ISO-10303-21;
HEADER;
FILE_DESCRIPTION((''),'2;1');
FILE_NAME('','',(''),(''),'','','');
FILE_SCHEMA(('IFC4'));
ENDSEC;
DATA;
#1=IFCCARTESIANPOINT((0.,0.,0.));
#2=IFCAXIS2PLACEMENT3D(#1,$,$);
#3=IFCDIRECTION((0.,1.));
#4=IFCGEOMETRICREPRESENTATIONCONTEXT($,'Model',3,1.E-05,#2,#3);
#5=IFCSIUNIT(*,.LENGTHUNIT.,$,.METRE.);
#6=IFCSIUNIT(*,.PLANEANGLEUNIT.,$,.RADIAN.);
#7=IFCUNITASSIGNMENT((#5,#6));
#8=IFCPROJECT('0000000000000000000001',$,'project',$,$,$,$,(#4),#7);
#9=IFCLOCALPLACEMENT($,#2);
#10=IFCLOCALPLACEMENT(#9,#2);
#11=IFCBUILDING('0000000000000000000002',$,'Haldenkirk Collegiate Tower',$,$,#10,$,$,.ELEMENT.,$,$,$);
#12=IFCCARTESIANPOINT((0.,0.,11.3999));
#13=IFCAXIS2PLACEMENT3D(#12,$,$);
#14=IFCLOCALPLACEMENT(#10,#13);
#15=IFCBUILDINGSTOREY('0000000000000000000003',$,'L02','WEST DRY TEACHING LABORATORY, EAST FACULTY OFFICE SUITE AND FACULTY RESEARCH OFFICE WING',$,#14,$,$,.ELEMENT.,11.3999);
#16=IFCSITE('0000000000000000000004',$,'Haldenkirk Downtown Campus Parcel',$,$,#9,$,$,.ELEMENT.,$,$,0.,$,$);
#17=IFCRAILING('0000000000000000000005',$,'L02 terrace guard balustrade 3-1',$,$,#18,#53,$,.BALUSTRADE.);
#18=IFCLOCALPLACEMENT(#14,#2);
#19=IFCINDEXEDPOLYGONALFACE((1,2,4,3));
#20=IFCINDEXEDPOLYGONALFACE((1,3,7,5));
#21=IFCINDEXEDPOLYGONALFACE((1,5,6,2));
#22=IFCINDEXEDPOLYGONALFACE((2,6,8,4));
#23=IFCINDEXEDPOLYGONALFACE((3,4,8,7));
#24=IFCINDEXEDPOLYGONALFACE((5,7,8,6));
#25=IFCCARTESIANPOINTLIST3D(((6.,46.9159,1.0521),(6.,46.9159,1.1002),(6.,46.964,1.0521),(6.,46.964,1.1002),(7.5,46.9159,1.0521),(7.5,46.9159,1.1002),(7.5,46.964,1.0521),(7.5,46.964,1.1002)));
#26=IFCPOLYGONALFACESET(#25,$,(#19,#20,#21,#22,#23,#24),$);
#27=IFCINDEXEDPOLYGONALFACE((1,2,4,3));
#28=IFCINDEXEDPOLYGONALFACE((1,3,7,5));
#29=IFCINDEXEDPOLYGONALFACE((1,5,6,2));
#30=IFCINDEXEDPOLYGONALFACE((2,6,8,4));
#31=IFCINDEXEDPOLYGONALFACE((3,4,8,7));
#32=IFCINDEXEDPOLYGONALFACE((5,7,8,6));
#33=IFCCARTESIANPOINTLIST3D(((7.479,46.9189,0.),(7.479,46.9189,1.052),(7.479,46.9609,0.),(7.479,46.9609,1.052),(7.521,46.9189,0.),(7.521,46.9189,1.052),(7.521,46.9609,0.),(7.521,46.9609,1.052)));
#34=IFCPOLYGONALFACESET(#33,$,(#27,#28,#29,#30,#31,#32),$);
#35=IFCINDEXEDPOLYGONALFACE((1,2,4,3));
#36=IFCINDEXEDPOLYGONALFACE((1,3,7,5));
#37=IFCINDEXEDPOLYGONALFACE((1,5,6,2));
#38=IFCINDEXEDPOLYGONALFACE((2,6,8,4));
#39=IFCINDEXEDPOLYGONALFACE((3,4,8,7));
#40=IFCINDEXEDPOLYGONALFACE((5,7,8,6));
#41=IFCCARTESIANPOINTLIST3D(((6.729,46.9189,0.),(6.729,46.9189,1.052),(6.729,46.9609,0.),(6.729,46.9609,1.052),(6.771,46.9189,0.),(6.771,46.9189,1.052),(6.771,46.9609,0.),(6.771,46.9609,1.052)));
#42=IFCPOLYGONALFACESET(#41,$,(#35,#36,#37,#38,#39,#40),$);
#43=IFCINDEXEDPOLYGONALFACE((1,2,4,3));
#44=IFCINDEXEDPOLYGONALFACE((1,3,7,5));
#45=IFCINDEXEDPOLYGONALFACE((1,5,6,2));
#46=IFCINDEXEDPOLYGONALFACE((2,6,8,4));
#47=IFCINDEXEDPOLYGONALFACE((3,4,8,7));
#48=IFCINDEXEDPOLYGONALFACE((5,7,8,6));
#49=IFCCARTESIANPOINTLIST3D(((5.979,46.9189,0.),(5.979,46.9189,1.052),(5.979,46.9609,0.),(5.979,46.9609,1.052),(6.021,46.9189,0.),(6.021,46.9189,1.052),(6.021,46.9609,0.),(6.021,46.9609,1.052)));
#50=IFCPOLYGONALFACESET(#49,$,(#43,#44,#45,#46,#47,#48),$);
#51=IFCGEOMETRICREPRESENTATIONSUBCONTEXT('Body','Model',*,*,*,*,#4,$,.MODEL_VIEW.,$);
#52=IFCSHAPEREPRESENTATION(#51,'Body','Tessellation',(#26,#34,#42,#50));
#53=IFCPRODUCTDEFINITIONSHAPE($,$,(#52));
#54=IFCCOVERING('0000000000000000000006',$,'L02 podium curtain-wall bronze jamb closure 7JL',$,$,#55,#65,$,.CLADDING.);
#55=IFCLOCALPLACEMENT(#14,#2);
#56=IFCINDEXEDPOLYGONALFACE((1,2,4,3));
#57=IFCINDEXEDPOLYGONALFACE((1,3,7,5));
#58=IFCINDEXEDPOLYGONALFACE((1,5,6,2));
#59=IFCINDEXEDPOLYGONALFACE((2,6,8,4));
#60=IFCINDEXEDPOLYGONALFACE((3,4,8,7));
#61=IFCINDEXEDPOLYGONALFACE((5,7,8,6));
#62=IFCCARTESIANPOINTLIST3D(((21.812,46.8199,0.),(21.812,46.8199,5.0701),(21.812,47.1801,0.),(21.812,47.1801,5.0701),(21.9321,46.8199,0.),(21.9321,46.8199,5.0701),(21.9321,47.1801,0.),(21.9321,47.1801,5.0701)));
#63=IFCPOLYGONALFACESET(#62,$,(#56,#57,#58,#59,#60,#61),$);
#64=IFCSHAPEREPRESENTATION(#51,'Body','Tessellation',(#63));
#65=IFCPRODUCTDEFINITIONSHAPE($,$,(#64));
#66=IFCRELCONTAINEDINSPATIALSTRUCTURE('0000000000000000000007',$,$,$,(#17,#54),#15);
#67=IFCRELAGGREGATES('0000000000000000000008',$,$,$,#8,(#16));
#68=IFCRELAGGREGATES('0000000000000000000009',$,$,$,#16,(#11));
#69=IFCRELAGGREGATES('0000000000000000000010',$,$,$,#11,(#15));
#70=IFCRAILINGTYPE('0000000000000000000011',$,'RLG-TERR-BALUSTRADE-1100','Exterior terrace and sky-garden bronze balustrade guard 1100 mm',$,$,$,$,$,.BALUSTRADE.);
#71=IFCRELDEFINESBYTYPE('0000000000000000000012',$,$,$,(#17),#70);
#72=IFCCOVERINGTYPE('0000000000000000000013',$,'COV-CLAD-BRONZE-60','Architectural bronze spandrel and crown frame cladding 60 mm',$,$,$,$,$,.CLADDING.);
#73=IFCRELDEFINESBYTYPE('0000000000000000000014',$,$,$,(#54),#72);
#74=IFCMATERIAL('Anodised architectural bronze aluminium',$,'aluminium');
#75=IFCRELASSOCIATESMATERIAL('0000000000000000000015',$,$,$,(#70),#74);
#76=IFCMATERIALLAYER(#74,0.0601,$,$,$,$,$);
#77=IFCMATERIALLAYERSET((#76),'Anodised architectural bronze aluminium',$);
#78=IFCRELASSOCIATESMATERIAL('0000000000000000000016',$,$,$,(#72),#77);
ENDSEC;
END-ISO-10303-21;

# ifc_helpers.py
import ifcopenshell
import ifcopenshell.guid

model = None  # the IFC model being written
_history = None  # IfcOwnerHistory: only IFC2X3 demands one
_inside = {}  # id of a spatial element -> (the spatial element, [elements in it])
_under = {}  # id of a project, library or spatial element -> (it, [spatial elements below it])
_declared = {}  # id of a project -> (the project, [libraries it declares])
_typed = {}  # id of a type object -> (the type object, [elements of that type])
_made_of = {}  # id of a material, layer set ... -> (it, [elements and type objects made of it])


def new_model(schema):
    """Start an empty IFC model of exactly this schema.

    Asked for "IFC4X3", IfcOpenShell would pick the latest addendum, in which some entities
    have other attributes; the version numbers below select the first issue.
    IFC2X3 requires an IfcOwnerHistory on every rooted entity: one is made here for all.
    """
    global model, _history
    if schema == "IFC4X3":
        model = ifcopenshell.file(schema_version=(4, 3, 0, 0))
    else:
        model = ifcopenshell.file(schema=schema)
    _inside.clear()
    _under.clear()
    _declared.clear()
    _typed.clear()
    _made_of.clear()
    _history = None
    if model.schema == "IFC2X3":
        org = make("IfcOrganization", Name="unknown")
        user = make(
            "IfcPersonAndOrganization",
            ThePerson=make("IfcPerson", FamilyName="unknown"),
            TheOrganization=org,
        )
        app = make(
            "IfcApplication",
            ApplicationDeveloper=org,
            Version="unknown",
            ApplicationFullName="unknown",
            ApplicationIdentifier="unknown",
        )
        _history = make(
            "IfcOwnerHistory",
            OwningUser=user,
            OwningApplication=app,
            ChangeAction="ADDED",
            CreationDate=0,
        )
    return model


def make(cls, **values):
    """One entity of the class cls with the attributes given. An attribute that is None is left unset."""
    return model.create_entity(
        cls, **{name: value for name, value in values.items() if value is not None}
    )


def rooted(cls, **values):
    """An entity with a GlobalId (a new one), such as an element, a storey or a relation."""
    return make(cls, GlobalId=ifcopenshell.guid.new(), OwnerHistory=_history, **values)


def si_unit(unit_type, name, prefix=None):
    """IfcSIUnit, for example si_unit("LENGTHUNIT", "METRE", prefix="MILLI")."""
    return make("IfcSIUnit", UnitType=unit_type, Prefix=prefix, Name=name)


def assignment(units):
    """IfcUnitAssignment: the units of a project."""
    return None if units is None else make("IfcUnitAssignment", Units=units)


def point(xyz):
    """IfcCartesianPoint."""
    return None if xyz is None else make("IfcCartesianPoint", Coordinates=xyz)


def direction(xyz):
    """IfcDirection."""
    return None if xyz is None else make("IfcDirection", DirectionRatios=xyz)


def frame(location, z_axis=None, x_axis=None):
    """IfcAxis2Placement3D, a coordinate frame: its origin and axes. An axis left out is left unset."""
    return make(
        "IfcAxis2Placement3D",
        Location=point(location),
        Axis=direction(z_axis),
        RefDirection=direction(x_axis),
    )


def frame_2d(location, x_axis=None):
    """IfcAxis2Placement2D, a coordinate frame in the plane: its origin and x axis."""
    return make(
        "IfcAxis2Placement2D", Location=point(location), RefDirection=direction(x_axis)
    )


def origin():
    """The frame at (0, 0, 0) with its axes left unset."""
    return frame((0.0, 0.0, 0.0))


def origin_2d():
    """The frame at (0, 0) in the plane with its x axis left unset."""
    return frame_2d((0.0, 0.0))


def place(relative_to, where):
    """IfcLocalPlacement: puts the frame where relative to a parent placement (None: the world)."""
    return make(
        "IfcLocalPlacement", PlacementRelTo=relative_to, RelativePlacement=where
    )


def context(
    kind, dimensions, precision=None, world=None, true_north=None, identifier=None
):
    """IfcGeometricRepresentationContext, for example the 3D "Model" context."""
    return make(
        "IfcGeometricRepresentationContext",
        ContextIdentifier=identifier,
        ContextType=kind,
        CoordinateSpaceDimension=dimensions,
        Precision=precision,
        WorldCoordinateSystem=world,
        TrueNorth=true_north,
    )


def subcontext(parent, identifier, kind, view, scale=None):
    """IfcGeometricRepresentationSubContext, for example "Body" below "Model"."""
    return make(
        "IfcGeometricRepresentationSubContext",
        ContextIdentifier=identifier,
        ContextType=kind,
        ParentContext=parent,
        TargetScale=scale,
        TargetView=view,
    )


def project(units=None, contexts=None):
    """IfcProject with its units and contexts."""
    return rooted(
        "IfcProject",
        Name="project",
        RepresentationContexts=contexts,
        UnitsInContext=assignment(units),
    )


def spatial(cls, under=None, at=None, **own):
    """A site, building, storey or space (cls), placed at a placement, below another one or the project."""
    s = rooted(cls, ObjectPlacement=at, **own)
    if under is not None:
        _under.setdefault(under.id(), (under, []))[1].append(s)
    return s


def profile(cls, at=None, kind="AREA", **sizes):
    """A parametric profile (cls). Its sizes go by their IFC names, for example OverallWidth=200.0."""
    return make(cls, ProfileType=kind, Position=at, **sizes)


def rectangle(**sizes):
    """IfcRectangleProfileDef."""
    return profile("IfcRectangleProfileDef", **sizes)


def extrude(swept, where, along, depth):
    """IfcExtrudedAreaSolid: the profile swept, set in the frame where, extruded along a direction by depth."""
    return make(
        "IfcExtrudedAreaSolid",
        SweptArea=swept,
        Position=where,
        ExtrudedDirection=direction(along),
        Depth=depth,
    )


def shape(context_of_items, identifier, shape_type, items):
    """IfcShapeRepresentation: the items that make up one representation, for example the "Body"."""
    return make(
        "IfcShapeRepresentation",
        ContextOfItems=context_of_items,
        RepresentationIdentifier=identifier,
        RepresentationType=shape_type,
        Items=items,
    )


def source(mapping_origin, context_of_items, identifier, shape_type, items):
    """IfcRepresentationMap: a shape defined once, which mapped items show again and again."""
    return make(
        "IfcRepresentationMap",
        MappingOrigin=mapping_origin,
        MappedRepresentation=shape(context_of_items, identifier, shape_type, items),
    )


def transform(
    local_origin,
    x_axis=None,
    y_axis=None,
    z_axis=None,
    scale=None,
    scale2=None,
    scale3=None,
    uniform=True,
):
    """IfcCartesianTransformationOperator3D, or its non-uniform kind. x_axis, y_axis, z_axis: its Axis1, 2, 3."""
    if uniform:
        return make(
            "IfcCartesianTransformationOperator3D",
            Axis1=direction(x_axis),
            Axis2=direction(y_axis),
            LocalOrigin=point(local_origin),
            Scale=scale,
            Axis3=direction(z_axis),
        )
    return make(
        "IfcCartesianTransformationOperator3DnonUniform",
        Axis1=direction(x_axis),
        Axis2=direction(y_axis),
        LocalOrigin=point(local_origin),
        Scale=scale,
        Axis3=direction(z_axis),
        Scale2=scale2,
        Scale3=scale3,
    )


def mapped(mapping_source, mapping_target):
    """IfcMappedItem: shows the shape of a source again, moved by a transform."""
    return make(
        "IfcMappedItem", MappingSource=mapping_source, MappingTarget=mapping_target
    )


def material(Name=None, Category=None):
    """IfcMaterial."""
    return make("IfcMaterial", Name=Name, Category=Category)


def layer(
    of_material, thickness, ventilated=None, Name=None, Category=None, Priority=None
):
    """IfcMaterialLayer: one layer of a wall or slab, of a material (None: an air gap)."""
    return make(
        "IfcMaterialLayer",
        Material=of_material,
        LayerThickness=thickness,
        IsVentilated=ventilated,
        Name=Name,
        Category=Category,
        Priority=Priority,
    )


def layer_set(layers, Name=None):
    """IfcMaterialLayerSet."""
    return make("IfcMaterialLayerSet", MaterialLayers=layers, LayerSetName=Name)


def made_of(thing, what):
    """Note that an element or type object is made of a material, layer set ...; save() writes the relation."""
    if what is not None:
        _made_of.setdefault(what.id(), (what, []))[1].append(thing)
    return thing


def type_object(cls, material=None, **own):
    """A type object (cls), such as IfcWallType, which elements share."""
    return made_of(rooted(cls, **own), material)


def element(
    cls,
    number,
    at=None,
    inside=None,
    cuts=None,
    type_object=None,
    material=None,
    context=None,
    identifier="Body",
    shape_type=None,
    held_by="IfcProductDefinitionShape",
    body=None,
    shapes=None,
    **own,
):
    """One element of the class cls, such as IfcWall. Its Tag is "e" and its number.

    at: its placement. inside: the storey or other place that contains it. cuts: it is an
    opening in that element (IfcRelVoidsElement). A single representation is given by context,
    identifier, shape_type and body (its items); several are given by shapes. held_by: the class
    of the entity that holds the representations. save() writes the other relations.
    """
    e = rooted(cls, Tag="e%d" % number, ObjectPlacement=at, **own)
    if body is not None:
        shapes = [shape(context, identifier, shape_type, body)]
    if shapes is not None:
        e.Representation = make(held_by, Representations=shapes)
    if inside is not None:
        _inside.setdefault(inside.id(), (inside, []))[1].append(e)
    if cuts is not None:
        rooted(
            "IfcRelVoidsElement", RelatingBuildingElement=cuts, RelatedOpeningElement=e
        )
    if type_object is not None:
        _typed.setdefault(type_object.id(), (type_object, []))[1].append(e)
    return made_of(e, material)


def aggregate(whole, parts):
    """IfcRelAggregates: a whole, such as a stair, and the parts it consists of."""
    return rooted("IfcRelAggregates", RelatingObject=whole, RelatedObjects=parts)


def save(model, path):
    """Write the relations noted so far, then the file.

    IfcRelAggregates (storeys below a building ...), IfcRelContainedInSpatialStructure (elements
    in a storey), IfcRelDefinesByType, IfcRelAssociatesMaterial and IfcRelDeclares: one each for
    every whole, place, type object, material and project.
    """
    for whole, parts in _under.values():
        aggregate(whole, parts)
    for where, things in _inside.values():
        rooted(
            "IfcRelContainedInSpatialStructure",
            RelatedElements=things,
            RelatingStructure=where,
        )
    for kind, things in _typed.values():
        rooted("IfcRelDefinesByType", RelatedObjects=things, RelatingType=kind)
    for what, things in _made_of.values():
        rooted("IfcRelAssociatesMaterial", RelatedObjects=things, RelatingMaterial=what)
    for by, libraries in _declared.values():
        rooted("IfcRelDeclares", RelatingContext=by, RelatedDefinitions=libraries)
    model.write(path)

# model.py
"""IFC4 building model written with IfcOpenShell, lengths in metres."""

from ifc_helpers import new_model, si_unit, direction, frame, origin, origin_2d, place, context, subcontext, project, spatial, rectangle, extrude, source, transform, mapped, material, layer, layer_set, type_object, element, save


model = new_model("IFC4")

# Units and contexts
model_context = context("Model", 3, precision=1e-05, world=origin(), true_north=direction((0.0, 1.0)))
body_context = subcontext(model_context, "Body", "Model", "MODEL_VIEW")
ifc_project = project(units=[si_unit("LENGTHUNIT", "METRE"), si_unit("PLANEANGLEUNIT", "RADIAN")], contexts=[model_context])

# Site, building, storey
site_placement = place(None, origin())
site = spatial("IfcSite", under=ifc_project, at=site_placement, Name="Haldenkirk Downtown Campus Parcel", CompositionType="ELEMENT", RefElevation=0.0)
building_placement = place(site_placement, origin())
building = spatial("IfcBuilding", under=site, at=building_placement, Name="Haldenkirk Collegiate Tower", CompositionType="ELEMENT")
storey_placement = place(building_placement, frame((0.0, 0.0, 11.3999)))
storey = spatial("IfcBuildingStorey", under=building, at=storey_placement, Name="L02", Description="WEST DRY TEACHING LABORATORY, EAST FACULTY OFFICE SUITE AND FACULTY RESEARCH OFFICE WING", CompositionType="ELEMENT", Elevation=11.3999)

# Shared definitions
ifc_material_1 = material(Name="Anodised architectural bronze aluminium", Category="aluminium")

# Railing
railing_type_1 = type_object("IfcRailingType", Name="RLG-TERR-BALUSTRADE-1100", Description="Exterior terrace and sky-garden bronze balustrade guard 1100 mm", PredefinedType="BALUSTRADE", material=ifc_material_1)
railing_1_placement = place(storey_placement, frame((7.5, 46.9399, 0.0)))
element("IfcRailing", 1, at=railing_1_placement, inside=storey, type_object=railing_type_1, Name="L02 terrace guard balustrade 3-1", PredefinedType="BALUSTRADE", context=body_context, shape_type="SweptSolid", body=[
    extrude(rectangle(XDim=0.0481, YDim=0.0481, at=origin_2d()), frame((0.0, 0.0, 1.0762), z_axis=(-1.0, 0.0, 0.0), x_axis=(0.0, -1.0, 0.0)), (0.0, 0.0, 1.0), 1.5),
    extrude(rectangle(XDim=0.042, YDim=0.042, at=origin_2d()), origin(), (0.0, 0.0, 1.0), 1.052),
    extrude(rectangle(XDim=0.042, YDim=0.042, at=origin_2d()), frame((-0.75, 0.0, 0.0)), (0.0, 0.0, 1.0), 1.052),
    extrude(rectangle(XDim=0.042, YDim=0.042, at=origin_2d()), frame((-1.5, 0.0, 0.0)), (0.0, 0.0, 1.0), 1.052),
])

# Covering
ifc_layer_1 = layer(ifc_material_1, 0.0601)
ifc_layer_set_1 = layer_set([ifc_layer_1], Name="Anodised architectural bronze aluminium")
covering_type = type_object("IfcCoveringType", Name="COV-CLAD-BRONZE-60", Description="Architectural bronze spandrel and crown frame cladding 60 mm", PredefinedType="CLADDING", material=ifc_layer_set_1)
shared_shape = source(origin(), body_context, "Body", "SweptSolid", [
    extrude(rectangle(XDim=0.1201, YDim=0.3601, at=origin_2d()), origin(), (0.0, 0.0, 1.0), 5.0701),
])
covering_placement = place(storey_placement, frame((21.8721, 47.0, 0.0), z_axis=(0.0, 0.0, 1.0), x_axis=(1.0, 0.0, 0.0)))
element("IfcCovering", 2, at=covering_placement, inside=storey, type_object=covering_type, Name="L02 podium curtain-wall bronze jamb closure 7JL", PredefinedType="CLADDING", context=body_context, shape_type="MappedRepresentation", body=[
    mapped(shared_shape, transform((0.0, 0.0, 0.0), x_axis=(1.0, 0.0, 0.0), y_axis=(0.0, 1.0, 0.0), z_axis=(0.0, 0.0, 1.0), scale=1.0)),
])

save(model, "model.ifc")
